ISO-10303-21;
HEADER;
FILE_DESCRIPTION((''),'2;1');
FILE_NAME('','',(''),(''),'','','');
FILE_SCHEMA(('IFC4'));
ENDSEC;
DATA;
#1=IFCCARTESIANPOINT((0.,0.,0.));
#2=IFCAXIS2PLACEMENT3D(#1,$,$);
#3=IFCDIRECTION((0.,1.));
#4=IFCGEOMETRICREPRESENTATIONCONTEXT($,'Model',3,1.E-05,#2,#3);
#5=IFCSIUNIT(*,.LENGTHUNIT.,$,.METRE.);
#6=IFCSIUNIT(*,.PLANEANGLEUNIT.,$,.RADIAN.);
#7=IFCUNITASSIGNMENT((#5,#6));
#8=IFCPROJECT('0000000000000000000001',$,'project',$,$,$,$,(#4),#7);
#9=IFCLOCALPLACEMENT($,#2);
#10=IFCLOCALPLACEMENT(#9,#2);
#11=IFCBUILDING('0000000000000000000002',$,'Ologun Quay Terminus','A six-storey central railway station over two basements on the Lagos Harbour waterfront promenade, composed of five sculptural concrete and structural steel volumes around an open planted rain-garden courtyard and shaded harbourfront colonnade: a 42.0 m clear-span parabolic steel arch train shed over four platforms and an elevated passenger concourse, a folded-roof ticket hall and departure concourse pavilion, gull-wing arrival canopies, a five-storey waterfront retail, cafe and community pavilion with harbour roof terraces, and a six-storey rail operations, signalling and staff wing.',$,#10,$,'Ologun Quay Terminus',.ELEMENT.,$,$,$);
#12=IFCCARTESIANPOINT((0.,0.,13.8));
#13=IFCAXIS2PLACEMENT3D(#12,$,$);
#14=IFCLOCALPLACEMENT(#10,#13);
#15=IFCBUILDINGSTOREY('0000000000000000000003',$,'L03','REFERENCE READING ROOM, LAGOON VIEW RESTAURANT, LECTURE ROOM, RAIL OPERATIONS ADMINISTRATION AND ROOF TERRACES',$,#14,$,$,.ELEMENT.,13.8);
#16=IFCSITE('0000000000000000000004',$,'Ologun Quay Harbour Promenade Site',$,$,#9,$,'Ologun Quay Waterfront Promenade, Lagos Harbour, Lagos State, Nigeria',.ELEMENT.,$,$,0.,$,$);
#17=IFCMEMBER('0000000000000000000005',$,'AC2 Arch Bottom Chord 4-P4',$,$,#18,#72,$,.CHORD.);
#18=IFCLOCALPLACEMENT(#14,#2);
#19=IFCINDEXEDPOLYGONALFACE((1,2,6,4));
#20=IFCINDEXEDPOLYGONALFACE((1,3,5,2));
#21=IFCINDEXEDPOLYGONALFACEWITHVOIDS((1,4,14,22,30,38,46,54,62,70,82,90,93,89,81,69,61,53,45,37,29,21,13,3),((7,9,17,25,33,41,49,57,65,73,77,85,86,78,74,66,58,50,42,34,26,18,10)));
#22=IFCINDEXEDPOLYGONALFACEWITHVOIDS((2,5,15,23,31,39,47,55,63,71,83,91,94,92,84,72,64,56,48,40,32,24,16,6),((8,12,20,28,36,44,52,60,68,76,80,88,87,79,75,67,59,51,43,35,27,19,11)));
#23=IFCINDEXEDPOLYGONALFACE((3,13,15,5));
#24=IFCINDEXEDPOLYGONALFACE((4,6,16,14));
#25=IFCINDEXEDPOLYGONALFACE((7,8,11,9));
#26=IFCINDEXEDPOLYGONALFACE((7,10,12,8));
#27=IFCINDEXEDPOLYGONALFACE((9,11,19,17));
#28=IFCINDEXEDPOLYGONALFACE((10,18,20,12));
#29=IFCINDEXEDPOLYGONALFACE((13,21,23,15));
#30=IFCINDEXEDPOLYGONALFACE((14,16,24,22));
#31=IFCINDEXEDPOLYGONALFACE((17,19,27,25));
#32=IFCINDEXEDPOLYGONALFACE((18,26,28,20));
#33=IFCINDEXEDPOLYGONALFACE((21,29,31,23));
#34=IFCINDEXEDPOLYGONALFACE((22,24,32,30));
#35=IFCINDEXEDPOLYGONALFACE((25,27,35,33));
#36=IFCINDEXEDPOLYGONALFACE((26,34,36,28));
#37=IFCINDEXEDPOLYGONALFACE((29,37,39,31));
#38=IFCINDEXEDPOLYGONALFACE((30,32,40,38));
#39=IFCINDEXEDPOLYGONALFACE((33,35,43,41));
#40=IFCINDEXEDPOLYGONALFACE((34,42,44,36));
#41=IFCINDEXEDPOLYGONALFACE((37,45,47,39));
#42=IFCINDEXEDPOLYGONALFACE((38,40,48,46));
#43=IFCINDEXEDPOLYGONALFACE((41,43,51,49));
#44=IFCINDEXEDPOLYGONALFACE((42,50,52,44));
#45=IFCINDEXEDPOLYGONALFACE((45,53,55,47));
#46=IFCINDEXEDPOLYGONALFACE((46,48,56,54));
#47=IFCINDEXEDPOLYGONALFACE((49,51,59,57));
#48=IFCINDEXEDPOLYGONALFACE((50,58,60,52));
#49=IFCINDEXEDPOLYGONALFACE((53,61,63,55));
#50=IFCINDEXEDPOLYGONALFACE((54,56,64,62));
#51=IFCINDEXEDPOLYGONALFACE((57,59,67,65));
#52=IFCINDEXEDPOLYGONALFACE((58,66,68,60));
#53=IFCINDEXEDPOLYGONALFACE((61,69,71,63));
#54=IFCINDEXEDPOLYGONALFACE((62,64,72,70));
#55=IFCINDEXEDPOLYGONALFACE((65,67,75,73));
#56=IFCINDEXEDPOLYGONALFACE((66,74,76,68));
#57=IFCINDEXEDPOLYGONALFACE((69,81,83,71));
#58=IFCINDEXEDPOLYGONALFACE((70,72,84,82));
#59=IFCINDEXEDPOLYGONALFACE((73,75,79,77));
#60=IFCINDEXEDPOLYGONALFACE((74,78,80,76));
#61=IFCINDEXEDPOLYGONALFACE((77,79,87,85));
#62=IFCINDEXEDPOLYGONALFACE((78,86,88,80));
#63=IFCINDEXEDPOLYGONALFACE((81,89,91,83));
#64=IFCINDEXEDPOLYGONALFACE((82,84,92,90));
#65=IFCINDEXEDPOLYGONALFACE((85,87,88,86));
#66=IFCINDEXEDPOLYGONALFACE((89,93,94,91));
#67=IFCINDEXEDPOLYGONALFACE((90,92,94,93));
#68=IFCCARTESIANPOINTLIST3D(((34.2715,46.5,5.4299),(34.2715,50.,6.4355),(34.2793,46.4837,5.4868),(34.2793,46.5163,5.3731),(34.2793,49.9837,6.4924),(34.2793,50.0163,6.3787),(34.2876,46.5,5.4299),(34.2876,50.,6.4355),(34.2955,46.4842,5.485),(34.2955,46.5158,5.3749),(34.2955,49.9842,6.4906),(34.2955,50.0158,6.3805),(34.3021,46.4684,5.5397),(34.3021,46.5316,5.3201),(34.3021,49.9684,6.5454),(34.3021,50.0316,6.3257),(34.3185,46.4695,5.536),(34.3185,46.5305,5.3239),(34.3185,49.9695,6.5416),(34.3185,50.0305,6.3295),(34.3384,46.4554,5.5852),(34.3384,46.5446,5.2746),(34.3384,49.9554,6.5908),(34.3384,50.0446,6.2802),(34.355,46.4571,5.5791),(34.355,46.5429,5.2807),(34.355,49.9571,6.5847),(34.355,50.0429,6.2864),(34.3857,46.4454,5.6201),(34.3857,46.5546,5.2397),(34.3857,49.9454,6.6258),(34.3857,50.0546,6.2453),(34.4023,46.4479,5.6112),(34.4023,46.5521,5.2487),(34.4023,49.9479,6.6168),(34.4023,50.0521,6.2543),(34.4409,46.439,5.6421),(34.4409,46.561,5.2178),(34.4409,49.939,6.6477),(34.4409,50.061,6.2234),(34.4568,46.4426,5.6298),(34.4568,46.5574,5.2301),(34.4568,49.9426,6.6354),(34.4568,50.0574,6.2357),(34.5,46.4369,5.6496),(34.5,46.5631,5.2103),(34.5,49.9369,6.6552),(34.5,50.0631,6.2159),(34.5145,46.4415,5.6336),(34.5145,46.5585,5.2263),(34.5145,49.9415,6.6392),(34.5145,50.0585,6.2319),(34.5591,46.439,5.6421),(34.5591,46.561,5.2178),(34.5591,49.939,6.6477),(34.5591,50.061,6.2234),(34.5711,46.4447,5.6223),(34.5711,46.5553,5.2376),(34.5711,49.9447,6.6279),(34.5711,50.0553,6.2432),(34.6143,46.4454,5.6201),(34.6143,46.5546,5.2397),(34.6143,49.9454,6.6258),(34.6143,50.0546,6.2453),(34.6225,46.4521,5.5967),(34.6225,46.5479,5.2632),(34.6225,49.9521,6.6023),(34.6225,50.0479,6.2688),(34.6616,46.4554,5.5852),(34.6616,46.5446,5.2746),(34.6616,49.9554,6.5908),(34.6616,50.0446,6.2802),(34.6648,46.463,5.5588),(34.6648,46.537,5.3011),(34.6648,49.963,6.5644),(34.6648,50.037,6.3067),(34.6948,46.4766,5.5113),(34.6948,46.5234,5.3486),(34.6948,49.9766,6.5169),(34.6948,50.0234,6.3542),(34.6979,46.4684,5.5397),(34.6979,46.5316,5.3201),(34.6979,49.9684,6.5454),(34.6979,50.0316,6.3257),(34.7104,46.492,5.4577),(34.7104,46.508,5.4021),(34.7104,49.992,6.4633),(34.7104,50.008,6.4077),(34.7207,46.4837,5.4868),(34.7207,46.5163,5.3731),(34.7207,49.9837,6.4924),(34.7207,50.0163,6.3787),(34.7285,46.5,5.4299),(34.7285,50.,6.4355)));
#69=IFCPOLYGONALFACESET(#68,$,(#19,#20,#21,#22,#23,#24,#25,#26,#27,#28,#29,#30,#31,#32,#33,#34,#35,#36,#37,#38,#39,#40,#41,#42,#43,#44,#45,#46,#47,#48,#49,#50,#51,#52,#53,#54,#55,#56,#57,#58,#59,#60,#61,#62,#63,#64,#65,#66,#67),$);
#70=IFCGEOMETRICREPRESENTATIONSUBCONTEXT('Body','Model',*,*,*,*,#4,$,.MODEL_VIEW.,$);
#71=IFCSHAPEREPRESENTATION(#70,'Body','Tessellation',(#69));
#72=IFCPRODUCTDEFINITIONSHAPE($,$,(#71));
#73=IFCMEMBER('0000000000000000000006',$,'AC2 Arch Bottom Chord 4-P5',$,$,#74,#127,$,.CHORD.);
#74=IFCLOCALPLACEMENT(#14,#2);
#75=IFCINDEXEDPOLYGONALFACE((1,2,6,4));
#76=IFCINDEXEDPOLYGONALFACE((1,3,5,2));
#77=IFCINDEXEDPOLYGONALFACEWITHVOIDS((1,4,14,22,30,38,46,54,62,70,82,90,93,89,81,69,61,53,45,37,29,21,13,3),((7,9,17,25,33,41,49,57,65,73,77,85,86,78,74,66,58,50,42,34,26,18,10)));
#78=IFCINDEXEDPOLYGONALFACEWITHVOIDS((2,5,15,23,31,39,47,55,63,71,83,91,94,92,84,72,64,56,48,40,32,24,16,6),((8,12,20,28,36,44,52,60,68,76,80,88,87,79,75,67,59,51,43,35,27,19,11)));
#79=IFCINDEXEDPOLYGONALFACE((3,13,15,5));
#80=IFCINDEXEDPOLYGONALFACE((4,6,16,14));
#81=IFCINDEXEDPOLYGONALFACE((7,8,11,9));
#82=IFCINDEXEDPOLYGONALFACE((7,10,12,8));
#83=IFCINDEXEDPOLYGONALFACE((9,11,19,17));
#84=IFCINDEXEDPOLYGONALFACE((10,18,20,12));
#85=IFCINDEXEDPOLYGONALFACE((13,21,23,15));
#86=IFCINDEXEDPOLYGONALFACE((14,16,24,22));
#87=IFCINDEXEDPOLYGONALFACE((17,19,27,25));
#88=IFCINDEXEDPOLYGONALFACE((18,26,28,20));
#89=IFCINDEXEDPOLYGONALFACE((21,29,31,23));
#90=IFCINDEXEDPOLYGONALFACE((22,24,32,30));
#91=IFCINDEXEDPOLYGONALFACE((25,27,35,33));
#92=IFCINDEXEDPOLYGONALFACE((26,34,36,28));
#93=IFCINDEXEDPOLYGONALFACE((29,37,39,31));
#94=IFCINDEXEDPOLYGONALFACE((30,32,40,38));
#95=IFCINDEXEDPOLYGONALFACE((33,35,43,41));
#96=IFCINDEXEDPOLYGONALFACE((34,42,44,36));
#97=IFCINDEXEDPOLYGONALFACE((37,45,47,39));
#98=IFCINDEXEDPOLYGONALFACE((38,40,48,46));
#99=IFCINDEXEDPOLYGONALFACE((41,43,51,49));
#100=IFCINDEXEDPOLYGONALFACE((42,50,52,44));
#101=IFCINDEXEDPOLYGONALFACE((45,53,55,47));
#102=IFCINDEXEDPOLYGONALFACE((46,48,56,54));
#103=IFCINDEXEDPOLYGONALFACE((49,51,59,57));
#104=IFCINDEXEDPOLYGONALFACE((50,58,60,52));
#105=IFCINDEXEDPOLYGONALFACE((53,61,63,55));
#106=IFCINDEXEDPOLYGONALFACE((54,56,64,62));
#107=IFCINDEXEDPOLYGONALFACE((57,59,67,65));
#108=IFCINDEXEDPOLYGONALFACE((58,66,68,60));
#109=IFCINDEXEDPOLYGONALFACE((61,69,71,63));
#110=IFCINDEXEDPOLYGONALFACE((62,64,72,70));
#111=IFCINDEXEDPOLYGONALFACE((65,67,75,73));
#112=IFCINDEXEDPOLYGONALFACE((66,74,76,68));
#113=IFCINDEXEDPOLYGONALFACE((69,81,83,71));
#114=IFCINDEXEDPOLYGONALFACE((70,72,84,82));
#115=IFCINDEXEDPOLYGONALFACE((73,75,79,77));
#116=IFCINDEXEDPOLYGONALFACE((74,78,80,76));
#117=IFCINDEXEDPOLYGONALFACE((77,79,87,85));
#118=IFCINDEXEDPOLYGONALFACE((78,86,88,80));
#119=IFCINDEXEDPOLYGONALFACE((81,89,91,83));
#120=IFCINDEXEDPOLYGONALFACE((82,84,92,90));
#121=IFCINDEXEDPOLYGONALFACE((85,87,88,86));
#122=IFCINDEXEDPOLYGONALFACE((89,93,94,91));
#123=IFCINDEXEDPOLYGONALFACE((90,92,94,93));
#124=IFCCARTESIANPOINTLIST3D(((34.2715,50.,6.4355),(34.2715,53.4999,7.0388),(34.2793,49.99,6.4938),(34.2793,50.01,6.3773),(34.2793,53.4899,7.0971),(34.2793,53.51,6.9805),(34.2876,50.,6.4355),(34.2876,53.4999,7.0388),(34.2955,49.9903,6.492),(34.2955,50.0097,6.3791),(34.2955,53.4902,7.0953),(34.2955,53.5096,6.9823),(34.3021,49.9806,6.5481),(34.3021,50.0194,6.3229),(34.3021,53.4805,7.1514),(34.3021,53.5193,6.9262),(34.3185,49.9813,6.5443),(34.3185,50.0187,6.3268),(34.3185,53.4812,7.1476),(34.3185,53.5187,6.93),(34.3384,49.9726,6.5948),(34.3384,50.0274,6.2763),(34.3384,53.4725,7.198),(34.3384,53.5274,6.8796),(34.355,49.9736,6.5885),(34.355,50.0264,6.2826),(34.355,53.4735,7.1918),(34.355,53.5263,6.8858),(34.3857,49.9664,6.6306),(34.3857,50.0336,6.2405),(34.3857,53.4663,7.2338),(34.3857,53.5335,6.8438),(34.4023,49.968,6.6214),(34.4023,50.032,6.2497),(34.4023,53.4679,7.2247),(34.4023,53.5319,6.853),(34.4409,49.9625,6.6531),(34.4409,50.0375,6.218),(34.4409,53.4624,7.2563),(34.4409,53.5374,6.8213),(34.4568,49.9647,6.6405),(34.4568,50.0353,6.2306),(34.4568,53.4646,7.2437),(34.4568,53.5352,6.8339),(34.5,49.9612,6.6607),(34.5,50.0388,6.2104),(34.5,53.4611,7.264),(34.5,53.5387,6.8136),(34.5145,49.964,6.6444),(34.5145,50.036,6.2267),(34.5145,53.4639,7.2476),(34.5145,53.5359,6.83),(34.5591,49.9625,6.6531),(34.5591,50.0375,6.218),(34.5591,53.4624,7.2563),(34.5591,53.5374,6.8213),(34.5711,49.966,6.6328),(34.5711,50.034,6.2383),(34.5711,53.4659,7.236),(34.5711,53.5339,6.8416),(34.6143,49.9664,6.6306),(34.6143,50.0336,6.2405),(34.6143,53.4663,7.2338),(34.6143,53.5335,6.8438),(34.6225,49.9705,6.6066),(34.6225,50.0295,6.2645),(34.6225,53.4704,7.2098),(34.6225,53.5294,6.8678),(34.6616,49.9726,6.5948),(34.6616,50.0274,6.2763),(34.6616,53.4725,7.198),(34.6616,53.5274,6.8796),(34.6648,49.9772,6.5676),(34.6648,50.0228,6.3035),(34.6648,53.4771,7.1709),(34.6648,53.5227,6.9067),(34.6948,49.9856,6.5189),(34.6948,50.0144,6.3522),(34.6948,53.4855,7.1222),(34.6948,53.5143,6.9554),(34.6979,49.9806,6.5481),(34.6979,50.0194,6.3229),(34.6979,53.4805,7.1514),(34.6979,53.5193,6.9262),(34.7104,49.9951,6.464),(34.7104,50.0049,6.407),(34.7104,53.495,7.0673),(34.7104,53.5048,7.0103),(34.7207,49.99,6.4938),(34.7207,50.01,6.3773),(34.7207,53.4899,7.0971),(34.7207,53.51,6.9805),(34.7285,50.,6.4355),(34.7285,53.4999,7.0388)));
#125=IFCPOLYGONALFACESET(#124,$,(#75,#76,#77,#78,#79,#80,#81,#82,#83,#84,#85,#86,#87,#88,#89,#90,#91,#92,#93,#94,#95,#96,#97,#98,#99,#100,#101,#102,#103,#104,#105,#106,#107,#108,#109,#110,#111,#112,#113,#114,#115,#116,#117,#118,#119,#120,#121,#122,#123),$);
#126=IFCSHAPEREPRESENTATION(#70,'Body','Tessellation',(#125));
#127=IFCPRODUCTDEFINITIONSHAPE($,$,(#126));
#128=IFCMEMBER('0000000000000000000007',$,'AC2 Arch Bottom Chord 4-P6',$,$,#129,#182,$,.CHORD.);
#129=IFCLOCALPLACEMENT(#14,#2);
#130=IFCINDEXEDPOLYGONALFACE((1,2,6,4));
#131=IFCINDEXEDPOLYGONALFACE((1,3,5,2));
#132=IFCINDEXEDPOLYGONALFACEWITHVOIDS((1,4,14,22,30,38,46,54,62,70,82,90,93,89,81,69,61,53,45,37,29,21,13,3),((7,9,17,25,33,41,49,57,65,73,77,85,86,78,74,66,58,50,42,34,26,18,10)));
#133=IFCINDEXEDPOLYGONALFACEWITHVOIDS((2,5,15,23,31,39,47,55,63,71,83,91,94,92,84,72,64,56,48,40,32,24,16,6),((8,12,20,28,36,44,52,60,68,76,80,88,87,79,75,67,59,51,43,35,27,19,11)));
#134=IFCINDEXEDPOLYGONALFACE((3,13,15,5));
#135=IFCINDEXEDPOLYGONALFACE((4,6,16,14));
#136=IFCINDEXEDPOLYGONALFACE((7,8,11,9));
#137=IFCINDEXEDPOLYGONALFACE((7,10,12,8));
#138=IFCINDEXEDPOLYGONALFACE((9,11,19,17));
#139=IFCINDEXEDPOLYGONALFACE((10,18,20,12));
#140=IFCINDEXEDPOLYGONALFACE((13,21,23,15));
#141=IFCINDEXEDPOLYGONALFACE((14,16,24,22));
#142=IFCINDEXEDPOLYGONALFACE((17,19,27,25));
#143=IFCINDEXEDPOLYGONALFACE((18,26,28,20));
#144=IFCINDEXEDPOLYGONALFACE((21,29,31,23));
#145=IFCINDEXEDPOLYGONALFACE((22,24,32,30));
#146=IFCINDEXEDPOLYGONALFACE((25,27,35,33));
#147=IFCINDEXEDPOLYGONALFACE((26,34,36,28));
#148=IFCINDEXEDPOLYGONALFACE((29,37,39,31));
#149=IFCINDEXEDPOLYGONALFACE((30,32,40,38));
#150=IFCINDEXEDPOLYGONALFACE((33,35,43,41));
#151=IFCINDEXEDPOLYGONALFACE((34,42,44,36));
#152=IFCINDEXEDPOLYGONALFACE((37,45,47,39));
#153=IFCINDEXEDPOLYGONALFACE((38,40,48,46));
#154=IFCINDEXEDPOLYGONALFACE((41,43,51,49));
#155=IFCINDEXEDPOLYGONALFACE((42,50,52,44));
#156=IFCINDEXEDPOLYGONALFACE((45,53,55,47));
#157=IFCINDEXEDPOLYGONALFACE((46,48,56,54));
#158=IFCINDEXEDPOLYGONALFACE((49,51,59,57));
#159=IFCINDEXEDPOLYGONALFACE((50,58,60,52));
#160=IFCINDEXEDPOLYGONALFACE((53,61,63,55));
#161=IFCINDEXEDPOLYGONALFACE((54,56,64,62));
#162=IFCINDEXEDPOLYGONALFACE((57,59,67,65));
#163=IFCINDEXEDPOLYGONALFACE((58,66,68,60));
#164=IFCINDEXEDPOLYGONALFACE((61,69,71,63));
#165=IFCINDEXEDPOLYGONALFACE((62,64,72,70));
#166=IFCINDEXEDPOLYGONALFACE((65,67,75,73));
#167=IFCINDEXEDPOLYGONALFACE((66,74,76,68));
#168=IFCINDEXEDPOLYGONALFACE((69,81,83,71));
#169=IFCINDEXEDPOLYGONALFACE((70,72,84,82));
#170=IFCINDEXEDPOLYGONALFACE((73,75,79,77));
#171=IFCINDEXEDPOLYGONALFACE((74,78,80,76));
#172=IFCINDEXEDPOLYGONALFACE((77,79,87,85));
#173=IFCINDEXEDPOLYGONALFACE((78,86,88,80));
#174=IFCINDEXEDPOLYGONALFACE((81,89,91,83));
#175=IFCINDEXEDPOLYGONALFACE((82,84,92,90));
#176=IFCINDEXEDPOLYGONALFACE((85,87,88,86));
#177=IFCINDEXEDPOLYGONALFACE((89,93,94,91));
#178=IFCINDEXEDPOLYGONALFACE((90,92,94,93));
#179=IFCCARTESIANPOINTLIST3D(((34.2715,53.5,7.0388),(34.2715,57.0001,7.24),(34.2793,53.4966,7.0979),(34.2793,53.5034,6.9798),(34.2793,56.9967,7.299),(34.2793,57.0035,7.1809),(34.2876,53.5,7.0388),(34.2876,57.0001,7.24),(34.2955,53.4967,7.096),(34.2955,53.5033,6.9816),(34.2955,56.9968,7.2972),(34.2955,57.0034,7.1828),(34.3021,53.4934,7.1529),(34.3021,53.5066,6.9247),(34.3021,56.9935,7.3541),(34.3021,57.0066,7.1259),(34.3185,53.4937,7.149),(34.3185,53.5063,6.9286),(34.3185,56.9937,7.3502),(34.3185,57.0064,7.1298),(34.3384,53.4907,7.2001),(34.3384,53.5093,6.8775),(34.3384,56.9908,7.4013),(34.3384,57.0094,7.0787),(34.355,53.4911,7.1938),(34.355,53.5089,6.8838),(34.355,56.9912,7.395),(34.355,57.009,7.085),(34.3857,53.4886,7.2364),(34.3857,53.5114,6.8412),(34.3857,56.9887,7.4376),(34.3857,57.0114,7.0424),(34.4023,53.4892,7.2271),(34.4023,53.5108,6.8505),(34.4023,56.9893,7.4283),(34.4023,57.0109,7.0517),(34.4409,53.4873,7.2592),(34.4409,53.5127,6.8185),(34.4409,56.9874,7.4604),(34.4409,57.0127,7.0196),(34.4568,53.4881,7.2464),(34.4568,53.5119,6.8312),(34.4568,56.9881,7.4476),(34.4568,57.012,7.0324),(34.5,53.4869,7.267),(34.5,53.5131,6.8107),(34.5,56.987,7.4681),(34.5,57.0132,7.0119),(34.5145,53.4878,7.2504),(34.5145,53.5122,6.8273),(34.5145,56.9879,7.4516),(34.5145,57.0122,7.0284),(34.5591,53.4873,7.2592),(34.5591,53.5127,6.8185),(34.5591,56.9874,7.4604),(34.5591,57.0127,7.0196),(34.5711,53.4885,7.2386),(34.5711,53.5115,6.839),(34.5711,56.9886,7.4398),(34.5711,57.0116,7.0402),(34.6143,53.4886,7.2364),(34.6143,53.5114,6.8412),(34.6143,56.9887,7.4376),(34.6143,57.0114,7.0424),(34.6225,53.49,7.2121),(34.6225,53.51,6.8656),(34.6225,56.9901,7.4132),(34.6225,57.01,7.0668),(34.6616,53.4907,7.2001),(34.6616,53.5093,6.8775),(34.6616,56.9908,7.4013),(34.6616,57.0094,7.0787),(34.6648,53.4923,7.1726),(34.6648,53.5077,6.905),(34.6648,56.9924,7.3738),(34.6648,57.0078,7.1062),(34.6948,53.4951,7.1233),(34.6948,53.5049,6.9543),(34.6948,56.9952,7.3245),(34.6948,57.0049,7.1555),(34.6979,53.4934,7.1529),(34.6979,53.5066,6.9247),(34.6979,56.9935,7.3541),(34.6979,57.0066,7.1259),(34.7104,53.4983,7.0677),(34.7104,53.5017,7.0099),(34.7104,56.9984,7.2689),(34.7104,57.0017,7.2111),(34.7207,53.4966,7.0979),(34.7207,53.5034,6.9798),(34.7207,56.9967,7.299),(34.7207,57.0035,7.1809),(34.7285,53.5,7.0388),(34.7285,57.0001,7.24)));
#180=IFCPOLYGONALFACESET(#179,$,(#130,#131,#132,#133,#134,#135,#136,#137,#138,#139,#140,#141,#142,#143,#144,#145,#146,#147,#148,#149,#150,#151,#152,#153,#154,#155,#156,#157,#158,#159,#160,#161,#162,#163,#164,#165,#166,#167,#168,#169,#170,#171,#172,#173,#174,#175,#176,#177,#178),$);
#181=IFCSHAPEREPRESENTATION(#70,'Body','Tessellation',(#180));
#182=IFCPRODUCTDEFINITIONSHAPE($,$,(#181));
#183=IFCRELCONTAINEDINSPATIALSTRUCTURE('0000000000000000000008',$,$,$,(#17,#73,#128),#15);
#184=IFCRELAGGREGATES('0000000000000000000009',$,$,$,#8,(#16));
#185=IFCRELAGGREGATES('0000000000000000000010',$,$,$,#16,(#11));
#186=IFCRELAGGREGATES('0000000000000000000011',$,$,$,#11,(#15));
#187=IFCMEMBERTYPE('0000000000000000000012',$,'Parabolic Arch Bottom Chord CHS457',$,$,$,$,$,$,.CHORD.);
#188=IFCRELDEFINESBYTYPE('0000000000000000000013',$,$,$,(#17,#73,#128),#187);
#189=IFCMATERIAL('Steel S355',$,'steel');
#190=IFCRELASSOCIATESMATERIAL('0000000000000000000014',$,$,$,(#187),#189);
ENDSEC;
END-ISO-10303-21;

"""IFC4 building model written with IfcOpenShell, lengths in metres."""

from ifc_helpers import new_model, si_unit, direction, frame, origin, origin_2d, place, context, subcontext, project, spatial, hollow_circle, extrude, material, material_profile, profile_set, type_object, element, save


model = new_model("IFC4")

# Units and contexts
model_context = context("Model", 3, precision=1e-05, world=origin(), true_north=direction((0.0, 1.0)))
body_context = subcontext(model_context, "Body", "Model", "MODEL_VIEW")
ifc_project = project(units=[si_unit("LENGTHUNIT", "METRE"), si_unit("PLANEANGLEUNIT", "RADIAN")], contexts=[model_context])

# Site, building, storey
site_placement = place(None, origin())
site = spatial("IfcSite", under=ifc_project, at=site_placement, Name="Ologun Quay Harbour Promenade Site", LongName="Ologun Quay Waterfront Promenade, Lagos Harbour, Lagos State, Nigeria", CompositionType="ELEMENT", RefElevation=0.0)
building_placement = place(site_placement, origin())
building = spatial("IfcBuilding", under=site, at=building_placement, Name="Ologun Quay Terminus", Description="A six-storey central railway station over two basements on the Lagos Harbour waterfront promenade, composed of five sculptural concrete and structural steel volumes around an open planted rain-garden courtyard and shaded harbourfront colonnade: a 42.0 m clear-span parabolic steel arch train shed over four platforms and an elevated passenger concourse, a folded-roof ticket hall and departure concourse pavilion, gull-wing arrival canopies, a five-storey waterfront retail, cafe and community pavilion with harbour roof terraces, and a six-storey rail operations, signalling and staff wing.", LongName="Ologun Quay Terminus", CompositionType="ELEMENT")
storey_placement = place(building_placement, frame((0.0, 0.0, 13.8)))
storey = spatial("IfcBuildingStorey", under=building, at=storey_placement, Name="L03", Description="REFERENCE READING ROOM, LAGOON VIEW RESTAURANT, LECTURE ROOM, RAIL OPERATIONS ADMINISTRATION AND ROOF TERRACES", CompositionType="ELEMENT", Elevation=13.8)

# Members
ifc_material_1 = material(Name="Steel S355", Category="steel")
ifc_material_profile_1 = material_profile(ifc_material_1, hollow_circle(Radius=0.2285, WallThickness=0.0161, at=origin_2d()), Name="CHS 457x16")
ifc_profile_set_1 = profile_set([ifc_material_profile_1], Name="Steel S355")
member_type_1 = type_object("IfcMemberType", Name="Parabolic Arch Bottom Chord CHS457", PredefinedType="CHORD", material=ifc_profile_set_1)
member_1_placement = place(storey_placement, frame((34.5, 46.5, 5.4299), z_axis=(0.0, 0.961116, 0.276146), x_axis=(-1.0, 0.0, 0.0)))
element("IfcMember", 1, at=member_1_placement, inside=storey, type_object=member_type_1, Name="AC2 Arch Bottom Chord 4-P4", PredefinedType="CHORD", context=body_context, shape_type="SweptSolid", body=[
    extrude(hollow_circle(Radius=0.2285, WallThickness=0.0161, at=origin_2d()), origin(), (0.0, 0.0, 1.0), 3.6416),
])
member_2_placement = place(storey_placement, frame((34.5, 50.0, 6.4355), z_axis=(0.0, 0.985468, 0.169859), x_axis=(-1.0, 0.0, 0.0)))
element("IfcMember", 2, at=member_2_placement, inside=storey, type_object=member_type_1, Name="AC2 Arch Bottom Chord 4-P5", PredefinedType="CHORD", context=body_context, shape_type="SweptSolid", body=[
    extrude(hollow_circle(Radius=0.2285, WallThickness=0.0161, at=origin_2d()), origin(), (0.0, 0.0, 1.0), 3.5515),
])
member_3_placement = place(storey_placement, frame((34.5, 53.5, 7.0388), z_axis=(0.0, 0.998352, 0.057383), x_axis=(-1.0, 0.0, 0.0)))
element("IfcMember", 3, at=member_3_placement, inside=storey, type_object=member_type_1, Name="AC2 Arch Bottom Chord 4-P6", PredefinedType="CHORD", context=body_context, shape_type="SweptSolid", body=[
    extrude(hollow_circle(Radius=0.2285, WallThickness=0.0161, at=origin_2d()), origin(), (0.0, 0.0, 1.0), 3.5059),
])

save(model, "model.ifc")
